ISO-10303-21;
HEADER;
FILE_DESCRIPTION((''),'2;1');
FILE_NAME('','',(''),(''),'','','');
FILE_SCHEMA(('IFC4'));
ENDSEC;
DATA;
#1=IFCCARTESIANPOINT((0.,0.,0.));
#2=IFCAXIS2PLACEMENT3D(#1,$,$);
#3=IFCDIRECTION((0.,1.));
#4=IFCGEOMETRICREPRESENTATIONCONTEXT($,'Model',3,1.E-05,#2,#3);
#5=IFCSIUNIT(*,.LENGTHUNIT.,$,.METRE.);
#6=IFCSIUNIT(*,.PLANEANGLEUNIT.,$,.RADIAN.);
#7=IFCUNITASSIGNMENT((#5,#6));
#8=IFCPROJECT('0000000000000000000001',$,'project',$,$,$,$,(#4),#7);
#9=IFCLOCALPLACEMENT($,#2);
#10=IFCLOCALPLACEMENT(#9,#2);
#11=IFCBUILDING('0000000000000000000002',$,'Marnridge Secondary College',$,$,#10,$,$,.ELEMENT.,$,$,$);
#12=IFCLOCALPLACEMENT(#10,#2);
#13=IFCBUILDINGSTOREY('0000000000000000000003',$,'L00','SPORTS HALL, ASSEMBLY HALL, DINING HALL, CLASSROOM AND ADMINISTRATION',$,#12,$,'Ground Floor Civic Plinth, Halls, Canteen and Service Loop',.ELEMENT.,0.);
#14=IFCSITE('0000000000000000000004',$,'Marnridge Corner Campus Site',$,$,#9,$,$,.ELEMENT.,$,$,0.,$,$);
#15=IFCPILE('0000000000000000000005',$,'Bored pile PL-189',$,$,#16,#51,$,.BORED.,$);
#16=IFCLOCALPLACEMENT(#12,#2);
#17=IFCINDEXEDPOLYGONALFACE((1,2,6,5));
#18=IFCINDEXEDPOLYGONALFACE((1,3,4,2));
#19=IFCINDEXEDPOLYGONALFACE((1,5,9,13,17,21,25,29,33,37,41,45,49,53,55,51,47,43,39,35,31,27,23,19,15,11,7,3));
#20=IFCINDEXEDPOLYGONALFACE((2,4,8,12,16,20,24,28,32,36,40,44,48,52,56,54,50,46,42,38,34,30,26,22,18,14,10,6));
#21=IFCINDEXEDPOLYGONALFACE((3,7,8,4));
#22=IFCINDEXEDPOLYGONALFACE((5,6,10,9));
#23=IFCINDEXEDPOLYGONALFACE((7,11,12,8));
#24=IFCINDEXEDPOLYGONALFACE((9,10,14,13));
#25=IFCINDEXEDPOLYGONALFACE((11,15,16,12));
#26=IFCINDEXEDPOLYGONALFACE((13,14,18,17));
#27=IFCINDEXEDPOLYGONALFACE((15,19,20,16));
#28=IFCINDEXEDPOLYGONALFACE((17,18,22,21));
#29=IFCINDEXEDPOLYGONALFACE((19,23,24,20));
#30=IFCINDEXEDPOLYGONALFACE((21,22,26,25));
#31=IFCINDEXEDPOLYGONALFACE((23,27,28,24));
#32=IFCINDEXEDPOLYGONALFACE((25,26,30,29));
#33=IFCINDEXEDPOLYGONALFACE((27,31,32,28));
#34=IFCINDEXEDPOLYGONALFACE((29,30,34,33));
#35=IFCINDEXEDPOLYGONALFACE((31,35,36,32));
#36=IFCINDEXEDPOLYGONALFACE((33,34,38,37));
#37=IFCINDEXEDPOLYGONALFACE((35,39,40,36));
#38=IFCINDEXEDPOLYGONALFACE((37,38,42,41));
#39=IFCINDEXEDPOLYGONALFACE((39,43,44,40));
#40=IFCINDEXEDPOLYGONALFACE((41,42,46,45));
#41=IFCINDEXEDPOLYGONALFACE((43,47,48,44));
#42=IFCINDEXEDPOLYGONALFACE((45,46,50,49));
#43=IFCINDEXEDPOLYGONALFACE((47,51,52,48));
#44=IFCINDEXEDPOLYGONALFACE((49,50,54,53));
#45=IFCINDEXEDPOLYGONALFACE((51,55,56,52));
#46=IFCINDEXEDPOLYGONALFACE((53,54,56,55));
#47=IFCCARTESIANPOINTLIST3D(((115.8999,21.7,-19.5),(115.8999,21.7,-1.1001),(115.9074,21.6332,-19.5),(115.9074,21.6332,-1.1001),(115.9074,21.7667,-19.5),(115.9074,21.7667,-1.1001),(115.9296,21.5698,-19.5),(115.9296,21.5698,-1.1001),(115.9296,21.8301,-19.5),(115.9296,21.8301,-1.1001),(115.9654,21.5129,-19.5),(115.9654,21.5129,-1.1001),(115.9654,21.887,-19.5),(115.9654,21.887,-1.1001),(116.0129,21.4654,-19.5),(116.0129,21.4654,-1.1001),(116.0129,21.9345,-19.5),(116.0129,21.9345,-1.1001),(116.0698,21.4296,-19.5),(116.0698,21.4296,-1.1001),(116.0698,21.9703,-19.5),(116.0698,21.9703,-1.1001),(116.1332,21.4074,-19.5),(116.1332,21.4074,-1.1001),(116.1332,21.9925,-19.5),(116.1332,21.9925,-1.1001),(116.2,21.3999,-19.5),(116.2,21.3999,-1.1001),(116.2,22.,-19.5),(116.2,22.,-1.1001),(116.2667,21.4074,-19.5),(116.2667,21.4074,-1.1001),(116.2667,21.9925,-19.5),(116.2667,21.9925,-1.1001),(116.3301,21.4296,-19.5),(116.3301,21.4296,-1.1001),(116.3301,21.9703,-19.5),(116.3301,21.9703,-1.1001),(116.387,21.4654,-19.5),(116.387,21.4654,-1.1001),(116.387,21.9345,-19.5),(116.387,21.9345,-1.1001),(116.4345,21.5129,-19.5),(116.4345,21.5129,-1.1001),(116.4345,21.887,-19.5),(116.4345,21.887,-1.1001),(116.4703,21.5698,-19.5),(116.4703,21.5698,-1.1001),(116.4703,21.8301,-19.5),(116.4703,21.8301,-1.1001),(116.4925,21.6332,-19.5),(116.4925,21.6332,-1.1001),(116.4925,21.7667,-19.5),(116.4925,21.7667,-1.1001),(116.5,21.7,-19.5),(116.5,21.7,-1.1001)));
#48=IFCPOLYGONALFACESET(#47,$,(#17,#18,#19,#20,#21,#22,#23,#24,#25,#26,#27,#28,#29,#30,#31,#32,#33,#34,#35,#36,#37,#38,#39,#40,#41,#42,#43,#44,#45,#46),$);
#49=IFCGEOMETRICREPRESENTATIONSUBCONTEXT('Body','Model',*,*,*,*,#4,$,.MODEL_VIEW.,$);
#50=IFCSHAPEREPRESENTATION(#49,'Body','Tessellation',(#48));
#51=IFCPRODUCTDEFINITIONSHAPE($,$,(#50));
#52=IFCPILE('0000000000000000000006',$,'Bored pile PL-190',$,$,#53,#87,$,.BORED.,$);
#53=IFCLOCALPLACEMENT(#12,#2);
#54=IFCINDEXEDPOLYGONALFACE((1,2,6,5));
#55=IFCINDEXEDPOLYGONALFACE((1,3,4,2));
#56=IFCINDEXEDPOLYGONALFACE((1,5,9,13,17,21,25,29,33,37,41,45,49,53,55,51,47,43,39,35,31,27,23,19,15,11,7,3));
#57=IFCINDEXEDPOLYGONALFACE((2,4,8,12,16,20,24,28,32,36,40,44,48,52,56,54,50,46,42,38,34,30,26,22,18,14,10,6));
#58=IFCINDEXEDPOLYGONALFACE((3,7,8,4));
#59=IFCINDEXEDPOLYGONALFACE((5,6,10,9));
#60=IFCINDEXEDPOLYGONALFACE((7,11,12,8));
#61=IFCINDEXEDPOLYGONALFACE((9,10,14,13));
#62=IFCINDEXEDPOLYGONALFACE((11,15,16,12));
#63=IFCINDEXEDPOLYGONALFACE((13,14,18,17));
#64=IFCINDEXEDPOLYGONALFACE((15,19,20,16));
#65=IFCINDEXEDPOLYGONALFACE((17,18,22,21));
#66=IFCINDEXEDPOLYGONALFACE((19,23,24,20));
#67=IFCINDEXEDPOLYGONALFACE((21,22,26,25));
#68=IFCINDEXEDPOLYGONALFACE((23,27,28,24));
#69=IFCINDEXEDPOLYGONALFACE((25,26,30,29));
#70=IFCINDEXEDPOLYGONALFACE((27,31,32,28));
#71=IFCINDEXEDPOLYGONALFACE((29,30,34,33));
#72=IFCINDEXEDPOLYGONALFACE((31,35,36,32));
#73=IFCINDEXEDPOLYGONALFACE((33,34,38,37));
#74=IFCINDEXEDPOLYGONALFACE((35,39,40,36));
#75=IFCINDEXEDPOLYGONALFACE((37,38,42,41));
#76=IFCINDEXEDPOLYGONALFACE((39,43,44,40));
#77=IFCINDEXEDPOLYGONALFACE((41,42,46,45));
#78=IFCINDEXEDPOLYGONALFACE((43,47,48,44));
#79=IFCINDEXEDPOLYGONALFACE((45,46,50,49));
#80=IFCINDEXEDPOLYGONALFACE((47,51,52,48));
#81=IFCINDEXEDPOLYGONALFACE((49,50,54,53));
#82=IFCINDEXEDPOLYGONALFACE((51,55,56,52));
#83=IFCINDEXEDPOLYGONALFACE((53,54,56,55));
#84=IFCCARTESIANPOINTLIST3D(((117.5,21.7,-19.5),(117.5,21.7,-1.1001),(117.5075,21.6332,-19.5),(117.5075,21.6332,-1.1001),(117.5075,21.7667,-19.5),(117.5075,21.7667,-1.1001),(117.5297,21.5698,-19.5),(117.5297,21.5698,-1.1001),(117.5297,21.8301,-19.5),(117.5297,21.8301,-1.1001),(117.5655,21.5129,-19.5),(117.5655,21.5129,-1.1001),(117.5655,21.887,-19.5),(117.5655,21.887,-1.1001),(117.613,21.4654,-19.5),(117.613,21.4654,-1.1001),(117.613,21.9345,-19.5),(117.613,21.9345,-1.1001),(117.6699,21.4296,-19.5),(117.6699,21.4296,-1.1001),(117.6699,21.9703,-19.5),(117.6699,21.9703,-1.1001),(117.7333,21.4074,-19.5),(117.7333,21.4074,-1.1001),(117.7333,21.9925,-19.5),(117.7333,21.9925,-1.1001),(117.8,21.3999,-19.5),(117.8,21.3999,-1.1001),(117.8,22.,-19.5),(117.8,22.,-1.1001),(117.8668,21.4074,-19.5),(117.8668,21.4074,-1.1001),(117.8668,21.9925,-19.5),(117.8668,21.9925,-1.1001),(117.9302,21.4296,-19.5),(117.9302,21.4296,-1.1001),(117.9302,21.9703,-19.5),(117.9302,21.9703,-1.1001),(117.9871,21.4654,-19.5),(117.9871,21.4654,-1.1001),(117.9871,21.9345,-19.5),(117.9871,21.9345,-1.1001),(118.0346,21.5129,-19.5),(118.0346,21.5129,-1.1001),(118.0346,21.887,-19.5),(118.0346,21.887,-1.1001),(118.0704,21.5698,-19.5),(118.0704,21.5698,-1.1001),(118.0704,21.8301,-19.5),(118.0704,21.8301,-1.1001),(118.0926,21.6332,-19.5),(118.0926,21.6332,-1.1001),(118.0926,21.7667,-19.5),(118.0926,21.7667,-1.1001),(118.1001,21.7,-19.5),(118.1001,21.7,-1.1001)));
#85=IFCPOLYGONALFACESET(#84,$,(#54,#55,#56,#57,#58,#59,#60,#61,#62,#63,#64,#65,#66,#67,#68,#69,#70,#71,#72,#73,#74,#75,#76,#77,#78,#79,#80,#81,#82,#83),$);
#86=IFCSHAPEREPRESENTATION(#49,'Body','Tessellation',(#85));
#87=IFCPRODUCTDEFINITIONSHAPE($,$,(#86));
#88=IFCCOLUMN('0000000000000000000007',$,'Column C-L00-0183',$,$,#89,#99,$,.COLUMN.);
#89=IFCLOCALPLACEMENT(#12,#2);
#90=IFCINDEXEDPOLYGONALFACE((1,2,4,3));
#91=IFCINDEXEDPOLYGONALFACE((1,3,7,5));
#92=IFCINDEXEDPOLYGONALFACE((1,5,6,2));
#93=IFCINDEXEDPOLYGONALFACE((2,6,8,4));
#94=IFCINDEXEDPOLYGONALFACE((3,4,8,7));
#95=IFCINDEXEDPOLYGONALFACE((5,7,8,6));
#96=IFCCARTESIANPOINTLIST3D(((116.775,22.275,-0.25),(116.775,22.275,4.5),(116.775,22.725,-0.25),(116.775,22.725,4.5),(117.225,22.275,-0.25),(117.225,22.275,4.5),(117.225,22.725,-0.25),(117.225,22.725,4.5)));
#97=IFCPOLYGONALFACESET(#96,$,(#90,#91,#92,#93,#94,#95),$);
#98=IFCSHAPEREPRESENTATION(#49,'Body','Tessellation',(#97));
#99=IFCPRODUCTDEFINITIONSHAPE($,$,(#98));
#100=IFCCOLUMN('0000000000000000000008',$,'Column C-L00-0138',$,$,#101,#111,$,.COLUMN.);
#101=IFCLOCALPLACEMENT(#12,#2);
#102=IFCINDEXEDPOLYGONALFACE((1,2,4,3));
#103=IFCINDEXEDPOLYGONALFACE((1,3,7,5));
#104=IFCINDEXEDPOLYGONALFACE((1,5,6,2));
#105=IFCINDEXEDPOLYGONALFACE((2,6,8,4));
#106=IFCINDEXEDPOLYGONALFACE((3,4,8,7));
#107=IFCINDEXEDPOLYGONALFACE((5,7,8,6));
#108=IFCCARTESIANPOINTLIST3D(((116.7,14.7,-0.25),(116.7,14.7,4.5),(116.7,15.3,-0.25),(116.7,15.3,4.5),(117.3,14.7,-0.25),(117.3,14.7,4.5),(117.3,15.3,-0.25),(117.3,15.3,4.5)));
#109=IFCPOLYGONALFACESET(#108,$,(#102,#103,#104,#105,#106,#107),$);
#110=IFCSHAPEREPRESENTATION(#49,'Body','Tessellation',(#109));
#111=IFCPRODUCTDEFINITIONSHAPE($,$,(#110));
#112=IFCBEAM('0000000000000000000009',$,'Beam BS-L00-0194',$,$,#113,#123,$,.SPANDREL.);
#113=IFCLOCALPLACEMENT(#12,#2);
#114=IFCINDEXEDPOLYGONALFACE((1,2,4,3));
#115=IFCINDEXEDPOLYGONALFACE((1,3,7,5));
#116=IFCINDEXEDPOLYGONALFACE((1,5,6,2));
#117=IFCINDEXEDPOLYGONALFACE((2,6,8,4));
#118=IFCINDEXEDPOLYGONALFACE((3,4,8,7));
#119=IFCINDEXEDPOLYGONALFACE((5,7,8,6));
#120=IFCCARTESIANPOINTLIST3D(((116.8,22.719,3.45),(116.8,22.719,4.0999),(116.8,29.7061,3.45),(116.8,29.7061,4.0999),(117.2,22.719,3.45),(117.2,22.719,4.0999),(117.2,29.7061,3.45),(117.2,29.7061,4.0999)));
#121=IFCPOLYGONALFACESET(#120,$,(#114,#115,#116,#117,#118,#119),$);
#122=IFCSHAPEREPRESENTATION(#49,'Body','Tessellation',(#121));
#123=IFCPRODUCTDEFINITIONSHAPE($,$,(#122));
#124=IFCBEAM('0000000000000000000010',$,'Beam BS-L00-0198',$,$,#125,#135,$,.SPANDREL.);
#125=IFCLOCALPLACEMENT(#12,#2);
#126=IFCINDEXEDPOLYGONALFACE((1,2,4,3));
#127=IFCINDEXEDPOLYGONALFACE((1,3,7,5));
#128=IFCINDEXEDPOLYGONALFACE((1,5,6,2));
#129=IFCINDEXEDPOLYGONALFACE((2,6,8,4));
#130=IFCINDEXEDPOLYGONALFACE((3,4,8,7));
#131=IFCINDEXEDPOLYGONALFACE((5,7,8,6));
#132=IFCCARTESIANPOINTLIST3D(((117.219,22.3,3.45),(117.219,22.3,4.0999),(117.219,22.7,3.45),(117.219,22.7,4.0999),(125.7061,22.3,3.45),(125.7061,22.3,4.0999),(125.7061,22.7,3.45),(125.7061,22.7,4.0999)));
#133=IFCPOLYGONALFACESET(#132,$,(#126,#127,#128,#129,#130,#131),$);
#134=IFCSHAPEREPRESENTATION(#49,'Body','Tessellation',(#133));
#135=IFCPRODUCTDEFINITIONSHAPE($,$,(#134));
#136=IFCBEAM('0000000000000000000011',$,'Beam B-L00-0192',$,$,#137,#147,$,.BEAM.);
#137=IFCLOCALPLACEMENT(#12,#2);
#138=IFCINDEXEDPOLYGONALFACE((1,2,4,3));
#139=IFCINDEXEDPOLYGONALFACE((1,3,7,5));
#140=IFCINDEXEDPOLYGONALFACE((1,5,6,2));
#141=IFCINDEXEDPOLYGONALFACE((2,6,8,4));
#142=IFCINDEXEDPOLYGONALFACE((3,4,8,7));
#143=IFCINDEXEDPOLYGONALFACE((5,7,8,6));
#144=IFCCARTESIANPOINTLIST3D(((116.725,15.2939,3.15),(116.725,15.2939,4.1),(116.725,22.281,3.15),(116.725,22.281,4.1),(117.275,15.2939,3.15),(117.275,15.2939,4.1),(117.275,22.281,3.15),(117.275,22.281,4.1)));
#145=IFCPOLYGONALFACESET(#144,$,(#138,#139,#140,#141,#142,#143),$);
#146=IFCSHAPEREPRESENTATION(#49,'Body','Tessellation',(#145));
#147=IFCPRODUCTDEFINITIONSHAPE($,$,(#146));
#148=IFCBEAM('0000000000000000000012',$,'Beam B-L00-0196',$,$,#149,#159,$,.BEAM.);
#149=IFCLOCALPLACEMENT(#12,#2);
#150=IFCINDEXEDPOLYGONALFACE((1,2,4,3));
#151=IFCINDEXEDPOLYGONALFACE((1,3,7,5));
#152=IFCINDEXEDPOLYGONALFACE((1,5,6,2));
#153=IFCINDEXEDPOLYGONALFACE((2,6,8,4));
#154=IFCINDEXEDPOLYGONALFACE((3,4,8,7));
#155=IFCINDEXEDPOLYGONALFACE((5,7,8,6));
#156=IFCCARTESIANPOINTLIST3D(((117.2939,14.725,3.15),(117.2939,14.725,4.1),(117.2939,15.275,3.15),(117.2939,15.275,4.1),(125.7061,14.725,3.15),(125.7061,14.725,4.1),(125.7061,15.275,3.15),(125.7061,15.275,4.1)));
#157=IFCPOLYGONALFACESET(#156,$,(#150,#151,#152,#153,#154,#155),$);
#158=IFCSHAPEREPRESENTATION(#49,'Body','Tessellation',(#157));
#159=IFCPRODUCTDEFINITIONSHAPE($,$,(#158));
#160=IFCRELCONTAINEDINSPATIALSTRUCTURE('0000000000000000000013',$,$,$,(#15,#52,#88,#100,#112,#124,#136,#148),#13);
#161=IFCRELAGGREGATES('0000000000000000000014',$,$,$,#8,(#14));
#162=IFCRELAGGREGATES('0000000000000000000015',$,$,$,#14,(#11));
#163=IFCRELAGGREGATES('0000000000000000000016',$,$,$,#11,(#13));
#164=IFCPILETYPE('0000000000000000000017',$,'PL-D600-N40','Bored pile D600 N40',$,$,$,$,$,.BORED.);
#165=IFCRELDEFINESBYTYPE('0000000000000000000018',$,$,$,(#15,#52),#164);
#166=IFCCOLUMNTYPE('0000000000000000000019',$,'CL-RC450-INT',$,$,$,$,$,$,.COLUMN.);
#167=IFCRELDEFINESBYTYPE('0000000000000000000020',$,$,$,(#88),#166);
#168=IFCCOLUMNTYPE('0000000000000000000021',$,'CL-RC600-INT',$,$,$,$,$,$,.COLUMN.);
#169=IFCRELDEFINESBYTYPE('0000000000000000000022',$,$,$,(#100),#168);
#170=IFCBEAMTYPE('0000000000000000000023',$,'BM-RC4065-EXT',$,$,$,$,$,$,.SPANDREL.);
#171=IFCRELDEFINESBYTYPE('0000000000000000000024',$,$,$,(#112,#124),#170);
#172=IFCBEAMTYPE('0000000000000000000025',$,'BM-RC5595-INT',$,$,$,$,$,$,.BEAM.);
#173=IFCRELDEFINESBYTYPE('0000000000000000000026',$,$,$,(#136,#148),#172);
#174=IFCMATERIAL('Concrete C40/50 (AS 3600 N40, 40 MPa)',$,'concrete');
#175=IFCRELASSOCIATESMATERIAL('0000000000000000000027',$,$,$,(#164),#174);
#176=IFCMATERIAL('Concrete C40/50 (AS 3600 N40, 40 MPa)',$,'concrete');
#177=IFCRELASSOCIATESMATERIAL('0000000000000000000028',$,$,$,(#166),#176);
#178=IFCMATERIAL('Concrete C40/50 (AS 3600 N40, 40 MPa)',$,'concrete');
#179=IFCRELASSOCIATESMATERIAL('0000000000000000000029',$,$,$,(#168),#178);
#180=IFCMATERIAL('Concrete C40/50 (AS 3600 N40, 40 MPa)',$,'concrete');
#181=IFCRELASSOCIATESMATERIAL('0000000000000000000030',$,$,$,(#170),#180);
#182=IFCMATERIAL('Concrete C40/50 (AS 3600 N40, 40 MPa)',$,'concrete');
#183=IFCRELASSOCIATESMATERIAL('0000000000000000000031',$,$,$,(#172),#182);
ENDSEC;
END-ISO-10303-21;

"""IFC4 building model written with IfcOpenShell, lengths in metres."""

from ifc_helpers import new_model, si_unit, direction, frame, origin, origin_2d, place, context, subcontext, project, spatial, rectangle, circle, extrude, material, material_profile, profile_set, type_object, element, save


model = new_model("IFC4")

# Units and contexts
model_context = context("Model", 3, precision=1e-05, world=origin(), true_north=direction((0.0, 1.0)))
body_context = subcontext(model_context, "Body", "Model", "MODEL_VIEW")
ifc_project = project(units=[si_unit("LENGTHUNIT", "METRE"), si_unit("PLANEANGLEUNIT", "RADIAN")], contexts=[model_context])

# Site, building, storey
site_placement = place(None, origin())
site = spatial("IfcSite", under=ifc_project, at=site_placement, Name="Marnridge Corner Campus Site", CompositionType="ELEMENT", RefElevation=0.0)
building_placement = place(site_placement, origin())
building = spatial("IfcBuilding", under=site, at=building_placement, Name="Marnridge Secondary College", CompositionType="ELEMENT")
storey_placement = place(building_placement, origin())
storey = spatial("IfcBuildingStorey", under=building, at=storey_placement, Name="L00", Description="SPORTS HALL, ASSEMBLY HALL, DINING HALL, CLASSROOM AND ADMINISTRATION", LongName="Ground Floor Civic Plinth, Halls, Canteen and Service Loop", CompositionType="ELEMENT", Elevation=0.0)

# Piles
ifc_material_1 = material(Name="Concrete C40/50 (AS 3600 N40, 40 MPa)", Category="concrete")
ifc_material_profile_1 = material_profile(ifc_material_1, circle(Radius=0.3, at=origin_2d()), Name="PILE D600")
ifc_profile_set_1 = profile_set([ifc_material_profile_1], Name="Concrete C40/50 (AS 3600 N40, 40 MPa)")
pile_type_1 = type_object("IfcPileType", Name="PL-D600-N40", Description="Bored pile D600 N40", PredefinedType="BORED", material=ifc_profile_set_1)
for number, where, z_axis, x_axis, name in (
    (1, (116.2, 21.7, -1.1001), (0.0, 0.0, -1.0), (1.0, 0.0, 0.0), "Bored pile PL-189"),
    (2, (117.8, 21.7, -1.1001), (0.0, 0.0, -1.0), (1.0, 0.0, 0.0), "Bored pile PL-190"),
):
    element("IfcPile", number, at=place(storey_placement, frame(where, z_axis=z_axis, x_axis=x_axis)), inside=storey, type_object=pile_type_1, Name=name, PredefinedType="BORED", context=body_context, shape_type="SweptSolid", body=[
        extrude(circle(Radius=0.3, at=origin_2d()), origin(), (0.0, 0.0, 1.0), 18.3999),
    ])

# Columns
ifc_material_2 = material(Name="Concrete C40/50 (AS 3600 N40, 40 MPa)", Category="concrete")
ifc_material_profile_2 = material_profile(ifc_material_2, rectangle(XDim=0.45, YDim=0.45, at=origin_2d()), Name="RC 450x450")
ifc_profile_set_2 = profile_set([ifc_material_profile_2], Name="Concrete C40/50 (AS 3600 N40, 40 MPa)")
column_type_1 = type_object("IfcColumnType", Name="CL-RC450-INT", PredefinedType="COLUMN", material=ifc_profile_set_2)
column_1_placement = place(storey_placement, frame((117.0, 22.5, -0.25), z_axis=(0.0, 0.0, 1.0), x_axis=(1.0, 0.0, 0.0)))
element("IfcColumn", 3, at=column_1_placement, inside=storey, type_object=column_type_1, Name="Column C-L00-0183", PredefinedType="COLUMN", context=body_context, shape_type="SweptSolid", body=[
    extrude(rectangle(XDim=0.45, YDim=0.45, at=origin_2d()), origin(), (0.0, 0.0, 1.0), 4.75),
])
ifc_material_3 = material(Name="Concrete C40/50 (AS 3600 N40, 40 MPa)", Category="concrete")
ifc_material_profile_3 = material_profile(ifc_material_3, rectangle(XDim=0.6001, YDim=0.6001, at=origin_2d()), Name="RC 600x600")
ifc_profile_set_3 = profile_set([ifc_material_profile_3], Name="Concrete C40/50 (AS 3600 N40, 40 MPa)")
column_type_2 = type_object("IfcColumnType", Name="CL-RC600-INT", PredefinedType="COLUMN", material=ifc_profile_set_3)
column_2_placement = place(storey_placement, frame((117.0, 15.0, -0.25), z_axis=(0.0, 0.0, 1.0), x_axis=(1.0, 0.0, 0.0)))
element("IfcColumn", 4, at=column_2_placement, inside=storey, type_object=column_type_2, Name="Column C-L00-0138", PredefinedType="COLUMN", context=body_context, shape_type="SweptSolid", body=[
    extrude(rectangle(XDim=0.6001, YDim=0.6001, at=origin_2d()), origin(), (0.0, 0.0, 1.0), 4.75),
])

# Beams
ifc_material_4 = material(Name="Concrete C40/50 (AS 3600 N40, 40 MPa)", Category="concrete")
ifc_material_profile_4 = material_profile(ifc_material_4, rectangle(XDim=0.3999, YDim=0.6499, at=origin_2d()), Name="RC 400x650")
ifc_profile_set_4 = profile_set([ifc_material_profile_4], Name="Concrete C40/50 (AS 3600 N40, 40 MPa)")
beam_type_1 = type_object("IfcBeamType", Name="BM-RC4065-EXT", PredefinedType="SPANDREL", material=ifc_profile_set_4)
beam_1_placement = place(storey_placement, frame((117.0, 22.719, 3.7749), z_axis=(0.0, 1.0, 0.0), x_axis=(-1.0, 0.0, 0.0)))
element("IfcBeam", 5, at=beam_1_placement, inside=storey, type_object=beam_type_1, Name="Beam BS-L00-0194", PredefinedType="SPANDREL", context=body_context, shape_type="SweptSolid", body=[
    extrude(rectangle(XDim=0.3999, YDim=0.6499, at=origin_2d()), origin(), (0.0, 0.0, 1.0), 6.9871),
])
beam_2_placement = place(storey_placement, frame((117.219, 22.5, 3.7749), z_axis=(1.0, 0.0, 0.0), x_axis=(0.0, 1.0, 0.0)))
element("IfcBeam", 6, at=beam_2_placement, inside=storey, type_object=beam_type_1, Name="Beam BS-L00-0198", PredefinedType="SPANDREL", context=body_context, shape_type="SweptSolid", body=[
    extrude(rectangle(XDim=0.3999, YDim=0.6499, at=origin_2d()), origin(), (0.0, 0.0, 1.0), 8.4871),
])
ifc_material_5 = material(Name="Concrete C40/50 (AS 3600 N40, 40 MPa)", Category="concrete")
ifc_material_profile_5 = material_profile(ifc_material_5, rectangle(XDim=0.55, YDim=0.95, at=origin_2d()), Name="RC 550x950")
ifc_profile_set_5 = profile_set([ifc_material_profile_5], Name="Concrete C40/50 (AS 3600 N40, 40 MPa)")
beam_type_2 = type_object("IfcBeamType", Name="BM-RC5595-INT", PredefinedType="BEAM", material=ifc_profile_set_5)
beam_3_placement = place(storey_placement, frame((117.0, 15.2939, 3.625), z_axis=(0.0, 1.0, 0.0), x_axis=(-1.0, 0.0, 0.0)))
element("IfcBeam", 7, at=beam_3_placement, inside=storey, type_object=beam_type_2, Name="Beam B-L00-0192", PredefinedType="BEAM", context=body_context, shape_type="SweptSolid", body=[
    extrude(rectangle(XDim=0.55, YDim=0.95, at=origin_2d()), origin(), (0.0, 0.0, 1.0), 6.9871),
])
beam_4_placement = place(storey_placement, frame((117.2939, 15.0, 3.625), z_axis=(1.0, 0.0, 0.0), x_axis=(0.0, 1.0, 0.0)))
element("IfcBeam", 8, at=beam_4_placement, inside=storey, type_object=beam_type_2, Name="Beam B-L00-0196", PredefinedType="BEAM", context=body_context, shape_type="SweptSolid", body=[
    extrude(rectangle(XDim=0.55, YDim=0.95, at=origin_2d()), origin(), (0.0, 0.0, 1.0), 8.4121),
])

save(model, "model.ifc")
